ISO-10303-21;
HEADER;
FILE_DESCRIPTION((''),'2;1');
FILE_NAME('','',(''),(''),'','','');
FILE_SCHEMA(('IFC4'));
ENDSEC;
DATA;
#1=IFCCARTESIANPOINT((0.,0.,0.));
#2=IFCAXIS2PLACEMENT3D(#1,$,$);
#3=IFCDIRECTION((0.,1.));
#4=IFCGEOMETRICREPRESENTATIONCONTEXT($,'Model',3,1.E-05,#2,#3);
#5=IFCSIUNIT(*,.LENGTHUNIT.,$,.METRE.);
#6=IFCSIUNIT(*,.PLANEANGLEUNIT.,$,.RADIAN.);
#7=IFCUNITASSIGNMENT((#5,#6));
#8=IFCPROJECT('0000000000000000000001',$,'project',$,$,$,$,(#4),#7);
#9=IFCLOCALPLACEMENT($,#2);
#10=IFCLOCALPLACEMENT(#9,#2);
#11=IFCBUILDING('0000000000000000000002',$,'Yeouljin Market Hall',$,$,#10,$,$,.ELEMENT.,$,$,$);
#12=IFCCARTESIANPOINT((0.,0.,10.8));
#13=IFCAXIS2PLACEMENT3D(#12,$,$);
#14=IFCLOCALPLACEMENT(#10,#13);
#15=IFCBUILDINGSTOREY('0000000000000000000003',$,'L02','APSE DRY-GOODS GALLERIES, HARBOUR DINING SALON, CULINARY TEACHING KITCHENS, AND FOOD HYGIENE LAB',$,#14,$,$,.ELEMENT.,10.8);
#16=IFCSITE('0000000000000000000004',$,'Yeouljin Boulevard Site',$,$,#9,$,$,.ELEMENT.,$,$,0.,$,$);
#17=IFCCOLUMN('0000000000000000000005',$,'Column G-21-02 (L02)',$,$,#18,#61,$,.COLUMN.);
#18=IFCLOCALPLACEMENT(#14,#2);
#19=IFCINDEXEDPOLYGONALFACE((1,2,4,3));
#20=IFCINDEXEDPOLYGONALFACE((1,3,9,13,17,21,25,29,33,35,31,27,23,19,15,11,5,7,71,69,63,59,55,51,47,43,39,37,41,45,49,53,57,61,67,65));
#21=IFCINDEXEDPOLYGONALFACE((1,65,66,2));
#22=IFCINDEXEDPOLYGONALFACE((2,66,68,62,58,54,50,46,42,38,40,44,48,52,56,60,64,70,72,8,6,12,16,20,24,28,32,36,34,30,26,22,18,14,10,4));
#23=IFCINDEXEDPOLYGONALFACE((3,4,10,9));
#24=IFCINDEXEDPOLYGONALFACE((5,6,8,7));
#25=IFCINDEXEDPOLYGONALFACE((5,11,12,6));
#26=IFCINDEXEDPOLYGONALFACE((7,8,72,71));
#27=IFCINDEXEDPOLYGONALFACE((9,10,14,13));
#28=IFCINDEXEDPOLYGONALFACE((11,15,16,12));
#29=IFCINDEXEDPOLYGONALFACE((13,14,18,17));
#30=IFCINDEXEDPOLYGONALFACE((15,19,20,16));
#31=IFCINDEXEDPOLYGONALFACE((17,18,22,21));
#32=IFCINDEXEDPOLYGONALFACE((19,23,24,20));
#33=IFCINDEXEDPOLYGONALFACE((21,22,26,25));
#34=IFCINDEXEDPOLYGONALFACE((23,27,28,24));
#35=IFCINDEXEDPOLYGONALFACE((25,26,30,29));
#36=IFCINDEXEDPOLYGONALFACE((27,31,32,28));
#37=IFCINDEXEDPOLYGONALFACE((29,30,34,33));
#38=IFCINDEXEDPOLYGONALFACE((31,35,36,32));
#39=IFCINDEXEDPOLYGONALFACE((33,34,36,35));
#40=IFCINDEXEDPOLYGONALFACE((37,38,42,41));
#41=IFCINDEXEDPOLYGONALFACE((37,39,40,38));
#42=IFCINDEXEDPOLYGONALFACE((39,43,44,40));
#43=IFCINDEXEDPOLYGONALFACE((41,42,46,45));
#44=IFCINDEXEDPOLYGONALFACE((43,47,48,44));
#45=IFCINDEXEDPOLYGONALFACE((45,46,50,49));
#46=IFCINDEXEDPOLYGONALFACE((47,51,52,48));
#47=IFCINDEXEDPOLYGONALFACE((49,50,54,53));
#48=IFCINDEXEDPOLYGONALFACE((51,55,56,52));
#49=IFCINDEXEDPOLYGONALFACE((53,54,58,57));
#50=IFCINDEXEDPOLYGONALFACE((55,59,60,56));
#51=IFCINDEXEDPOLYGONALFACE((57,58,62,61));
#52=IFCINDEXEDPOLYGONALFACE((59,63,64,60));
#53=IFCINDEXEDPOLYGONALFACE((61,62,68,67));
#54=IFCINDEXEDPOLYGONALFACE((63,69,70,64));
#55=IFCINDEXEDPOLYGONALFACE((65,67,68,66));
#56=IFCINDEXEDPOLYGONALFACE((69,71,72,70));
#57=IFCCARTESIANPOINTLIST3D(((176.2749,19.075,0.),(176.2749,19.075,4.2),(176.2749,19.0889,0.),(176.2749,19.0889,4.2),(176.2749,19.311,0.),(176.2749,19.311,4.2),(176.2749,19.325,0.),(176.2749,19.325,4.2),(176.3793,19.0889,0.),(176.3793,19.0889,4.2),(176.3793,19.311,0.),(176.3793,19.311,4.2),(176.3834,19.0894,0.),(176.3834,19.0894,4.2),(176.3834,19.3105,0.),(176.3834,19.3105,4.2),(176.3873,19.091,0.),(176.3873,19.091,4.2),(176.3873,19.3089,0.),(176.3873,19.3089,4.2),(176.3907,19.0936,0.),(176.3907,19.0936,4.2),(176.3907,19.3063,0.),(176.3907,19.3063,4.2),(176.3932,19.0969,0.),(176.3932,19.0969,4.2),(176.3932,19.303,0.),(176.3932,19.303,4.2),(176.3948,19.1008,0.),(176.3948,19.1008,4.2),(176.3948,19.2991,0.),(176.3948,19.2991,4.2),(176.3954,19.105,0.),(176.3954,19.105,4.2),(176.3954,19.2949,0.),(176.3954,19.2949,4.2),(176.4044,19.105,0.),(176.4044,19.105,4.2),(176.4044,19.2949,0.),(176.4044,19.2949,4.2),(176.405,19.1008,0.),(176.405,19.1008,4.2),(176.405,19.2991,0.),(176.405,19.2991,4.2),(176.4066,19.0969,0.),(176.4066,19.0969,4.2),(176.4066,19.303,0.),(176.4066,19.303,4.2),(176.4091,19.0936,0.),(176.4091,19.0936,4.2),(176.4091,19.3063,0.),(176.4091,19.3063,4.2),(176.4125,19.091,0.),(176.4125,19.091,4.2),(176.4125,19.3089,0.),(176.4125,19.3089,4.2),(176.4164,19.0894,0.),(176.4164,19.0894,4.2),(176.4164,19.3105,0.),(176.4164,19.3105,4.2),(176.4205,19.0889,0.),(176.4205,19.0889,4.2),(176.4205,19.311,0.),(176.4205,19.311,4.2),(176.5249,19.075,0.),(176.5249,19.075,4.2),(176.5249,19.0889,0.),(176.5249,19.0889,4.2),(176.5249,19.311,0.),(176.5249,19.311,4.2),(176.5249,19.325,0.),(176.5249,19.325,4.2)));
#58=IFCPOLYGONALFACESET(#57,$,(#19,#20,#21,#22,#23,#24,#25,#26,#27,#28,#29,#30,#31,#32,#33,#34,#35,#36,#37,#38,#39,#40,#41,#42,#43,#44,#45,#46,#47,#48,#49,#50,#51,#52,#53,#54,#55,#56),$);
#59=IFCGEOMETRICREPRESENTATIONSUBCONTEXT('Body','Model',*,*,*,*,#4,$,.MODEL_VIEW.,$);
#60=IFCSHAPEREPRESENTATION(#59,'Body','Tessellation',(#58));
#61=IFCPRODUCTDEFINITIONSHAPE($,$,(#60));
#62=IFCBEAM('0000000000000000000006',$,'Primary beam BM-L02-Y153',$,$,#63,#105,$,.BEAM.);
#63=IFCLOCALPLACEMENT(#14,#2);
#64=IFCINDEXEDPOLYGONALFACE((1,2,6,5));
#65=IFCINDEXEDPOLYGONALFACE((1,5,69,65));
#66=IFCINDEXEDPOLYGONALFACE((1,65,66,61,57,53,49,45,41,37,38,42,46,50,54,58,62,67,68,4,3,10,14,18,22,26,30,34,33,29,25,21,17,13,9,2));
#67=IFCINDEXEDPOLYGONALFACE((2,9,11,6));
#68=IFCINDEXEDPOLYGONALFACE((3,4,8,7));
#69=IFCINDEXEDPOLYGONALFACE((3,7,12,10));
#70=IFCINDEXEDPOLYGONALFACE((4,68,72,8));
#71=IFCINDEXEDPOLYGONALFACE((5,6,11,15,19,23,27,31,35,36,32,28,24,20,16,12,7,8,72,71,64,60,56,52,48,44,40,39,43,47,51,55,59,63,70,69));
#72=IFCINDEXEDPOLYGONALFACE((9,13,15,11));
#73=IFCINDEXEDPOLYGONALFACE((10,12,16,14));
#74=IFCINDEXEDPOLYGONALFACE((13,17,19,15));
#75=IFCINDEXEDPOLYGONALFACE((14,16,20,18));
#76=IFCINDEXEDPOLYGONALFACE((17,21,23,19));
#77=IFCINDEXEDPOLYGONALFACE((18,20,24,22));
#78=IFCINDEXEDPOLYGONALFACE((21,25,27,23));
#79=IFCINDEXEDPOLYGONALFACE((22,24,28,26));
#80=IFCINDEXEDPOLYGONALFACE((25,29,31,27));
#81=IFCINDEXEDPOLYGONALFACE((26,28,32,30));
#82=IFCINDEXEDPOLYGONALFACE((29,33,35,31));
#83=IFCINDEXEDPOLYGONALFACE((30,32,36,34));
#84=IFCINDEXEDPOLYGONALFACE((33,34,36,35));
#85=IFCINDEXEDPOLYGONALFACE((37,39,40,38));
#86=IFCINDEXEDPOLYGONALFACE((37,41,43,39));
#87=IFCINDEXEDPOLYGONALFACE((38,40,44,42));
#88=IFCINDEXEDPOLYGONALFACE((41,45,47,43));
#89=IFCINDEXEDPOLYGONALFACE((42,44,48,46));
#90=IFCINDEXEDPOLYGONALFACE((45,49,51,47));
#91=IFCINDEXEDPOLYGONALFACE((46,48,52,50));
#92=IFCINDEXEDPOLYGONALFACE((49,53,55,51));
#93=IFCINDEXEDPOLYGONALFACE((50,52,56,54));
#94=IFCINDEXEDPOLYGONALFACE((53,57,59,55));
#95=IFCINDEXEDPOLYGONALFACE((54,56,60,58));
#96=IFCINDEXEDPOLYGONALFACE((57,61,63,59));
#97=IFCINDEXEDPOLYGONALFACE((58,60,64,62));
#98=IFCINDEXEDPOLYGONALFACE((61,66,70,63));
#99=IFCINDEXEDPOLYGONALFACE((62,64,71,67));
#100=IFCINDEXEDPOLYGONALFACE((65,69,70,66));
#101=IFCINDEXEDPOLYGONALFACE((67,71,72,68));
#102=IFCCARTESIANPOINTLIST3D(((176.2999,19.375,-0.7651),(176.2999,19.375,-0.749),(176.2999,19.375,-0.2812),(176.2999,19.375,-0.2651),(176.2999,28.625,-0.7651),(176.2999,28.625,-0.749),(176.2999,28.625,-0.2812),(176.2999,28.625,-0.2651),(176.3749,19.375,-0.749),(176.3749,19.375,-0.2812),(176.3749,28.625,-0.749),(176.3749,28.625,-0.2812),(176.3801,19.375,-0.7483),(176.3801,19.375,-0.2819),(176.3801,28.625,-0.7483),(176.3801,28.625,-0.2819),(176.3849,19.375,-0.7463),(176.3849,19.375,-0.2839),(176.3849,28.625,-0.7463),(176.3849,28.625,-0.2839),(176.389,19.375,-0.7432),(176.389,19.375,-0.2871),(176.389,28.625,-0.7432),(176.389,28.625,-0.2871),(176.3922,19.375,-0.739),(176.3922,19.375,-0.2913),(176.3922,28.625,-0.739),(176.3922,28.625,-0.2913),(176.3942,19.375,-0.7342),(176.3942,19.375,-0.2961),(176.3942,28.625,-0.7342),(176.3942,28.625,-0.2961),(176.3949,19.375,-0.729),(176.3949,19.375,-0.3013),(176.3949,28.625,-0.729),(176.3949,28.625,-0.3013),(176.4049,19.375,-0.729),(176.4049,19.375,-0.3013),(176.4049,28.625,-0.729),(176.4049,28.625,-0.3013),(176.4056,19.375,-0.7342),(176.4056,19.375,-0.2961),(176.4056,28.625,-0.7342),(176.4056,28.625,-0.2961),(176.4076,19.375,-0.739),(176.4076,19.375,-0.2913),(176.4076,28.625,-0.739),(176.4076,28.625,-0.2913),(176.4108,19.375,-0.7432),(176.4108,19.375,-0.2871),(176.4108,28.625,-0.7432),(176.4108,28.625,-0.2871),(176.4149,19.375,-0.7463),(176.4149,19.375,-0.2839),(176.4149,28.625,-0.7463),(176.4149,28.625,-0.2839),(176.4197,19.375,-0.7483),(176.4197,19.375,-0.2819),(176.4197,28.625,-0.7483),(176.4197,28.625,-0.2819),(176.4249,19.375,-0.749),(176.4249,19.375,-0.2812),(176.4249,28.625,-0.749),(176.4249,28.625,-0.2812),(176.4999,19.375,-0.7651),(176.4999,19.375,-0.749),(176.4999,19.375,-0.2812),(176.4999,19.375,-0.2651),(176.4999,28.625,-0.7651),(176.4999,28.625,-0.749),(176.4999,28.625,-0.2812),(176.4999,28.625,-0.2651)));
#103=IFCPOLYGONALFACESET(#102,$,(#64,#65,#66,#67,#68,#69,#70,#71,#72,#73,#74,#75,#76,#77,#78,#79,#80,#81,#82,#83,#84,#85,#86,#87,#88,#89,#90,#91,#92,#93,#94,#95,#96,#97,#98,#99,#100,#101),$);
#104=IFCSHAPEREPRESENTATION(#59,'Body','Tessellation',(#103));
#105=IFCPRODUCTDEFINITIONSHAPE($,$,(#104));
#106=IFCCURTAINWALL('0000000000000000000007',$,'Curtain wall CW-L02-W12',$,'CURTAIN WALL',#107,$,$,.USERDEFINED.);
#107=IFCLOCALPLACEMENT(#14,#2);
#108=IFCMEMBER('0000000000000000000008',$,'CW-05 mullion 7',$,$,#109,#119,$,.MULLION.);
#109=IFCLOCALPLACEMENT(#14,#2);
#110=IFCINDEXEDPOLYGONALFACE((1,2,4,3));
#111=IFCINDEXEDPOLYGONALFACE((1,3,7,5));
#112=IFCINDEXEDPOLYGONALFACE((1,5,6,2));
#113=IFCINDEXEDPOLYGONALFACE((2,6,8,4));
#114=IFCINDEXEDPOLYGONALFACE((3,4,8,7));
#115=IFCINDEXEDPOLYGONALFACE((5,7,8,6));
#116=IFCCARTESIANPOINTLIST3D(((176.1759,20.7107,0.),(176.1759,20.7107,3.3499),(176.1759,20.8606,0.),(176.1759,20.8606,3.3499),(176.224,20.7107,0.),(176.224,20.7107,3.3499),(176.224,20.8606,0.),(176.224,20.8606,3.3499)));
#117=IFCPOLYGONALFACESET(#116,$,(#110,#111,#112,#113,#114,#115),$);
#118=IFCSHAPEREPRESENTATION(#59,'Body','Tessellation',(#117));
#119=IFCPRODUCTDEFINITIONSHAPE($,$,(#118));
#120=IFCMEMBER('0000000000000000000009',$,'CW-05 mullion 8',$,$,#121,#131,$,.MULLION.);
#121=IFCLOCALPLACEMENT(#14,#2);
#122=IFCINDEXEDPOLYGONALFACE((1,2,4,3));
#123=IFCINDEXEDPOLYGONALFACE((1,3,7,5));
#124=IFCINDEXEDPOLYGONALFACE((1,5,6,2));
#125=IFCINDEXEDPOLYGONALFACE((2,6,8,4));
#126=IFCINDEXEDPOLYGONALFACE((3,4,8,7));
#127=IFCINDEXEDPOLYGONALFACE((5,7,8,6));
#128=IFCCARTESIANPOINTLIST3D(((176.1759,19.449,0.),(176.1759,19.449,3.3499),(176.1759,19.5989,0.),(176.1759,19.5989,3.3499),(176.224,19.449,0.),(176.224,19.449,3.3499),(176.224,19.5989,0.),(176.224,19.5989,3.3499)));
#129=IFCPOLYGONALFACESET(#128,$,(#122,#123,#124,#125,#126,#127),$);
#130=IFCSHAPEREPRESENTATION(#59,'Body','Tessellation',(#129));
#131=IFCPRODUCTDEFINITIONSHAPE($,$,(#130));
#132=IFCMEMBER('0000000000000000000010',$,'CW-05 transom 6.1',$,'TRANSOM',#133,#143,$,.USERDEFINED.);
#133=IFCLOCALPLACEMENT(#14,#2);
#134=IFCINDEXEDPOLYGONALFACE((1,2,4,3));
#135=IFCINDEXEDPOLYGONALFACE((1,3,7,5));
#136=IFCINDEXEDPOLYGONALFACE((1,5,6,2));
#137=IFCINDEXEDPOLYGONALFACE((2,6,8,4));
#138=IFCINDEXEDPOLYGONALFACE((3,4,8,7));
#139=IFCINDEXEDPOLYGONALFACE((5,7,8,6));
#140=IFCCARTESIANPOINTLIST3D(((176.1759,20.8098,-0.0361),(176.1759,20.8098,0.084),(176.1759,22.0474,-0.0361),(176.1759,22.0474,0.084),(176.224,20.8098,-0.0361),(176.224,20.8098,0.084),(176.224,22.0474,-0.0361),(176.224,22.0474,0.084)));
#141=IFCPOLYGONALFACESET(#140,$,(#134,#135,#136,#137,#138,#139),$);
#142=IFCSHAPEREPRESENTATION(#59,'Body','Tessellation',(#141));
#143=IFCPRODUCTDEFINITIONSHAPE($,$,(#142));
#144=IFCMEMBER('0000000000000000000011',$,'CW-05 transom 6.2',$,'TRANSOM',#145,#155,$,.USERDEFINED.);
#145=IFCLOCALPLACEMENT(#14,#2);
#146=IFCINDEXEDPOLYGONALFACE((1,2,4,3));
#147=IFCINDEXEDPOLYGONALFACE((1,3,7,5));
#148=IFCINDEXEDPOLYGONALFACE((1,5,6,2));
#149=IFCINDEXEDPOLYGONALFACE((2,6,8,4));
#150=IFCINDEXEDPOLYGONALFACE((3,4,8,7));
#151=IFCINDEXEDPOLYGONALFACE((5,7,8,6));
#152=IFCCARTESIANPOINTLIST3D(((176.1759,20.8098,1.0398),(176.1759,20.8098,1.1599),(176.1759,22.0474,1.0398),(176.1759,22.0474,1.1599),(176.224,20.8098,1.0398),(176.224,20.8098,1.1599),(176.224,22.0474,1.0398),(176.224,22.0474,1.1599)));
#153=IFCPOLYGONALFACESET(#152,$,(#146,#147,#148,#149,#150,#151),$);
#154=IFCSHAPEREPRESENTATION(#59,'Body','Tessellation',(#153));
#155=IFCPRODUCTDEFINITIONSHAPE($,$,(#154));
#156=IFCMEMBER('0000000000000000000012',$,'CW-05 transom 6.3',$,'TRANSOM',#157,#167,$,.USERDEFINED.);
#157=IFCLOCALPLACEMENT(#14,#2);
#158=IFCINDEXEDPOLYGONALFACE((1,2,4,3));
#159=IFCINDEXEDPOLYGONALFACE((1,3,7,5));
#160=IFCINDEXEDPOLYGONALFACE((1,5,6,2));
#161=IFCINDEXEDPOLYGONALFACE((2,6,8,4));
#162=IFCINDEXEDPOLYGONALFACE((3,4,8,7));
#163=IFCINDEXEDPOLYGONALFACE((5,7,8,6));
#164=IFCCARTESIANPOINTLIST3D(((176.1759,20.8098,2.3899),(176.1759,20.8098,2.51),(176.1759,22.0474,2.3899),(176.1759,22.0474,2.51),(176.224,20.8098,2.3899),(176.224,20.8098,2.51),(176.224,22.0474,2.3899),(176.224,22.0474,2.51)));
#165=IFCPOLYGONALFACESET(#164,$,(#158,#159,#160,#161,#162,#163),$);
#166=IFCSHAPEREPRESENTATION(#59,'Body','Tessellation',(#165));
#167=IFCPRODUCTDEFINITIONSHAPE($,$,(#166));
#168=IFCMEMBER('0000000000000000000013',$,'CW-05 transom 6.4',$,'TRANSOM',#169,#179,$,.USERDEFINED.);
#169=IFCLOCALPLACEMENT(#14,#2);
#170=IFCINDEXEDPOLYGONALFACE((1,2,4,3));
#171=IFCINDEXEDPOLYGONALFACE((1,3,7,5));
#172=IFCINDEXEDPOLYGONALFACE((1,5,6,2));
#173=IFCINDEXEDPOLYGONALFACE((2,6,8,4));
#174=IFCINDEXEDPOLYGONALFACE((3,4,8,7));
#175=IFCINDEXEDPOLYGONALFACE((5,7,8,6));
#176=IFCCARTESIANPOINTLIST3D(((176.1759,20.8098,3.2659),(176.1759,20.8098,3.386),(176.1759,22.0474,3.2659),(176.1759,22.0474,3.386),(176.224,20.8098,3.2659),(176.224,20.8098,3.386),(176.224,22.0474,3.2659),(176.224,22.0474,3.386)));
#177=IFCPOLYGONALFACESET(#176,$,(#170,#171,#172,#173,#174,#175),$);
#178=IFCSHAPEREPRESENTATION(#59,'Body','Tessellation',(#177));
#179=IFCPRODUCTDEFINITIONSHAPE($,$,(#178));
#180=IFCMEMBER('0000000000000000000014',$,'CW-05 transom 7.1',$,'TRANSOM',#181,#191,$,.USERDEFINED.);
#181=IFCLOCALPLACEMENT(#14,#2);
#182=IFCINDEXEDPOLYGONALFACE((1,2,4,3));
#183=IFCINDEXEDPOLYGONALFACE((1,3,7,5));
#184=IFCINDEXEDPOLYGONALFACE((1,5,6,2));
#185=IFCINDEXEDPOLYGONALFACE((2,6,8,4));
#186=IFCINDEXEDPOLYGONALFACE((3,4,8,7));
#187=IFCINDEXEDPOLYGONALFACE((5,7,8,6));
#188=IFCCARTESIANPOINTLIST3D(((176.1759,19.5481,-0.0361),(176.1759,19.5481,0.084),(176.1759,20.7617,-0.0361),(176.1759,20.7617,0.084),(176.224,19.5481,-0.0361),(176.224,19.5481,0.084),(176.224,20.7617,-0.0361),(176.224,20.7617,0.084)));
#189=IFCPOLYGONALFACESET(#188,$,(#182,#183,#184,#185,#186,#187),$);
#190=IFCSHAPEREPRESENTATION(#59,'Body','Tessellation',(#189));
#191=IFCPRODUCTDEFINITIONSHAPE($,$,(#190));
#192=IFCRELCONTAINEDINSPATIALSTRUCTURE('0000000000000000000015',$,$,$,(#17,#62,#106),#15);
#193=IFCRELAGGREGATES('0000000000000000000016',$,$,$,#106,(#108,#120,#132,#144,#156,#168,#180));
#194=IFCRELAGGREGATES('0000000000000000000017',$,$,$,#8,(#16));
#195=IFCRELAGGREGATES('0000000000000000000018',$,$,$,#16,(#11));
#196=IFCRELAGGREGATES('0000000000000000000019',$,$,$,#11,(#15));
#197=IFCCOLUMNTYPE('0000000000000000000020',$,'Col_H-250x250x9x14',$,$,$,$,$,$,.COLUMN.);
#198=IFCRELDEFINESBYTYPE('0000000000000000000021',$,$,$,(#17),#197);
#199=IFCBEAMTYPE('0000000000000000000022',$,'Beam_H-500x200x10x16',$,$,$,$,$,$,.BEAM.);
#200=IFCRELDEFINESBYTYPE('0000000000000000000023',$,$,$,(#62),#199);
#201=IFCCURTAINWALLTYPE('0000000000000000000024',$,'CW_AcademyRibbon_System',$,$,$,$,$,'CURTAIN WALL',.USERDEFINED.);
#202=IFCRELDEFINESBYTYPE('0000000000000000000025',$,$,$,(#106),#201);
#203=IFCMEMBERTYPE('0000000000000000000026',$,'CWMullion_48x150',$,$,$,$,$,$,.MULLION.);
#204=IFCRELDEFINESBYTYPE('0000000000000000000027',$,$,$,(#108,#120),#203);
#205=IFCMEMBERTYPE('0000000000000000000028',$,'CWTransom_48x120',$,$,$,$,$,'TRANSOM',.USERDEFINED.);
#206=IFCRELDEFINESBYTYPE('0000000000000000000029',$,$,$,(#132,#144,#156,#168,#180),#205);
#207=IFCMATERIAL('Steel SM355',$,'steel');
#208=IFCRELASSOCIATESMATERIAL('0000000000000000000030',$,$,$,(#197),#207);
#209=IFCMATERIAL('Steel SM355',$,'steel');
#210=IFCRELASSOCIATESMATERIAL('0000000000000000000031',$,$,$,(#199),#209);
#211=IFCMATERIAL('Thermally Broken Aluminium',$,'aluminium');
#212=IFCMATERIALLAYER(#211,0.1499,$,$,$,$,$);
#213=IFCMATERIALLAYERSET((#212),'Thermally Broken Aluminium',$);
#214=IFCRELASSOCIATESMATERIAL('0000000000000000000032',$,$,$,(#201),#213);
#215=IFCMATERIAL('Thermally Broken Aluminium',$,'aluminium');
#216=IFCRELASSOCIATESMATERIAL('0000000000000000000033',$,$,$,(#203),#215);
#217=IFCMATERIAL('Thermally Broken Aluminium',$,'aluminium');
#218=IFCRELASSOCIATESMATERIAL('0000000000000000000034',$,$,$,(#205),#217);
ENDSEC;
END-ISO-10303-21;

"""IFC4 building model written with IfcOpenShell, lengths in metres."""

from ifc_helpers import new_model, si_unit, direction, frame, origin, origin_2d, place, context, subcontext, project, spatial, rectangle, i_section, extrude, material, layer, layer_set, material_profile, profile_set, type_object, element, aggregate, save


model = new_model("IFC4")

# Units and contexts
model_context = context("Model", 3, precision=1e-05, world=origin(), true_north=direction((0.0, 1.0)))
body_context = subcontext(model_context, "Body", "Model", "MODEL_VIEW")
ifc_project = project(units=[si_unit("LENGTHUNIT", "METRE"), si_unit("PLANEANGLEUNIT", "RADIAN")], contexts=[model_context])

# Site, building, storey
site_placement = place(None, origin())
site = spatial("IfcSite", under=ifc_project, at=site_placement, Name="Yeouljin Boulevard Site", CompositionType="ELEMENT", RefElevation=0.0)
building_placement = place(site_placement, origin())
building = spatial("IfcBuilding", under=site, at=building_placement, Name="Yeouljin Market Hall", CompositionType="ELEMENT")
storey_placement = place(building_placement, frame((0.0, 0.0, 10.8)))
storey = spatial("IfcBuildingStorey", under=building, at=storey_placement, Name="L02", Description="APSE DRY-GOODS GALLERIES, HARBOUR DINING SALON, CULINARY TEACHING KITCHENS, AND FOOD HYGIENE LAB", CompositionType="ELEMENT", Elevation=10.8)

# Column
ifc_material_1 = material(Name="Steel SM355", Category="steel")
ifc_material_profile_1 = material_profile(ifc_material_1, i_section(OverallWidth=0.25, OverallDepth=0.25, WebThickness=0.009, FlangeThickness=0.0139, FilletRadius=0.0161, at=origin_2d()), Name="H-250x250x9x14")
ifc_profile_set_1 = profile_set([ifc_material_profile_1], Name="Steel SM355")
column_type = type_object("IfcColumnType", Name="Col_H-250x250x9x14", PredefinedType="COLUMN", material=ifc_profile_set_1)
column_placement = place(storey_placement, frame((176.3999, 19.2, 0.0), z_axis=(0.0, 0.0, 1.0), x_axis=(1.0, 0.0, 0.0)))
element("IfcColumn", 1, at=column_placement, inside=storey, type_object=column_type, Name="Column G-21-02 (L02)", PredefinedType="COLUMN", context=body_context, shape_type="SweptSolid", body=[
    extrude(i_section(OverallWidth=0.25, OverallDepth=0.25, WebThickness=0.009, FlangeThickness=0.0139, FilletRadius=0.0161, at=origin_2d()), origin(), (0.0, 0.0, 1.0), 4.2),
])

# Beam
ifc_material_2 = material(Name="Steel SM355", Category="steel")
ifc_material_profile_2 = material_profile(ifc_material_2, i_section(OverallWidth=0.2, OverallDepth=0.5, WebThickness=0.01, FlangeThickness=0.0161, FilletRadius=0.02, at=origin_2d()), Name="H-500x200x10x16")
ifc_profile_set_2 = profile_set([ifc_material_profile_2], Name="Steel SM355")
beam_type_1 = type_object("IfcBeamType", Name="Beam_H-500x200x10x16", PredefinedType="BEAM", material=ifc_profile_set_2)
beam_1_placement = place(storey_placement, frame((176.3999, 19.375, -0.5151), z_axis=(0.0, 1.0, 0.0), x_axis=(-1.0, 0.0, 0.0)))
element("IfcBeam", 2, at=beam_1_placement, inside=storey, type_object=beam_type_1, Name="Primary beam BM-L02-Y153", PredefinedType="BEAM", context=body_context, shape_type="SweptSolid", body=[
    extrude(i_section(OverallWidth=0.2, OverallDepth=0.5, WebThickness=0.01, FlangeThickness=0.0161, FilletRadius=0.02, at=origin_2d()), origin(), (0.0, 0.0, 1.0), 9.25),
])

# Curtain wall, members
ifc_material_3 = material(Name="Thermally Broken Aluminium", Category="aluminium")
ifc_layer_1 = layer(ifc_material_3, 0.1499)
ifc_layer_set_1 = layer_set([ifc_layer_1], Name="Thermally Broken Aluminium")
curtain_wall_type = type_object("IfcCurtainWallType", Name="CW_AcademyRibbon_System", ElementType="CURTAIN WALL", PredefinedType="USERDEFINED", material=ifc_layer_set_1)
curtain_wall_placement = place(storey_placement, origin())
curtain_wall = element("IfcCurtainWall", 3, at=curtain_wall_placement, inside=storey, type_object=curtain_wall_type, Name="Curtain wall CW-L02-W12", ObjectType="CURTAIN WALL", PredefinedType="USERDEFINED")
ifc_material_4 = material(Name="Thermally Broken Aluminium", Category="aluminium")
ifc_material_profile_3 = material_profile(ifc_material_4, rectangle(XDim=0.0481, YDim=0.1499, at=origin_2d()), Name="CW-MULL-48x150")
ifc_profile_set_3 = profile_set([ifc_material_profile_3], Name="Thermally Broken Aluminium")
member_type_1 = type_object("IfcMemberType", Name="CWMullion_48x150", PredefinedType="MULLION", material=ifc_profile_set_3)
member_1_placement = place(storey_placement, frame((176.2, 20.7856, 0.0), z_axis=(0.0, 0.0, 1.0), x_axis=(1.0, 0.0, 0.0)))
member_1 = element("IfcMember", 4, at=member_1_placement, type_object=member_type_1, Name="CW-05 mullion 7", PredefinedType="MULLION", context=body_context, shape_type="SweptSolid", body=[
    extrude(rectangle(XDim=0.0481, YDim=0.1499, at=origin_2d()), origin(), (0.0, 0.0, 1.0), 3.3499),
])
member_2_placement = place(storey_placement, frame((176.2, 19.5239, 0.0), z_axis=(0.0, 0.0, 1.0), x_axis=(1.0, 0.0, 0.0)))
member_2 = element("IfcMember", 5, at=member_2_placement, type_object=member_type_1, Name="CW-05 mullion 8", PredefinedType="MULLION", context=body_context, shape_type="SweptSolid", body=[
    extrude(rectangle(XDim=0.0481, YDim=0.1499, at=origin_2d()), origin(), (0.0, 0.0, 1.0), 3.3499),
])
ifc_material_5 = material(Name="Thermally Broken Aluminium", Category="aluminium")
ifc_material_profile_4 = material_profile(ifc_material_5, rectangle(XDim=0.0481, YDim=0.1201, at=origin_2d()), Name="CW-TRAN-48x120")
ifc_profile_set_4 = profile_set([ifc_material_profile_4], Name="Thermally Broken Aluminium")
member_type_2 = type_object("IfcMemberType", Name="CWTransom_48x120", ElementType="TRANSOM", PredefinedType="USERDEFINED", material=ifc_profile_set_4)
member_3_placement = place(storey_placement, frame((176.2, 22.0474, 0.0239), z_axis=(0.0, -1.0, 0.0), x_axis=(1.0, 0.0, 0.0)))
member_3 = element("IfcMember", 6, at=member_3_placement, type_object=member_type_2, Name="CW-05 transom 6.1", ObjectType="TRANSOM", PredefinedType="USERDEFINED", context=body_context, shape_type="SweptSolid", body=[
    extrude(rectangle(XDim=0.0481, YDim=0.1201, at=origin_2d()), origin(), (0.0, 0.0, 1.0), 1.2375),
])
member_4_placement = place(storey_placement, frame((176.2, 22.0474, 1.0999), z_axis=(0.0, -1.0, 0.0), x_axis=(1.0, 0.0, 0.0)))
member_4 = element("IfcMember", 7, at=member_4_placement, type_object=member_type_2, Name="CW-05 transom 6.2", ObjectType="TRANSOM", PredefinedType="USERDEFINED", context=body_context, shape_type="SweptSolid", body=[
    extrude(rectangle(XDim=0.0481, YDim=0.1201, at=origin_2d()), origin(), (0.0, 0.0, 1.0), 1.2375),
])
member_5_placement = place(storey_placement, frame((176.2, 22.0474, 2.45), z_axis=(0.0, -1.0, 0.0), x_axis=(1.0, 0.0, 0.0)))
member_5 = element("IfcMember", 8, at=member_5_placement, type_object=member_type_2, Name="CW-05 transom 6.3", ObjectType="TRANSOM", PredefinedType="USERDEFINED", context=body_context, shape_type="SweptSolid", body=[
    extrude(rectangle(XDim=0.0481, YDim=0.1201, at=origin_2d()), origin(), (0.0, 0.0, 1.0), 1.2375),
])
member_6_placement = place(storey_placement, frame((176.2, 22.0474, 3.3259), z_axis=(0.0, -1.0, 0.0), x_axis=(1.0, 0.0, 0.0)))
member_6 = element("IfcMember", 9, at=member_6_placement, type_object=member_type_2, Name="CW-05 transom 6.4", ObjectType="TRANSOM", PredefinedType="USERDEFINED", context=body_context, shape_type="SweptSolid", body=[
    extrude(rectangle(XDim=0.0481, YDim=0.1201, at=origin_2d()), origin(), (0.0, 0.0, 1.0), 1.2375),
])
member_7_placement = place(storey_placement, frame((176.2, 20.7617, 0.0239), z_axis=(0.0, -1.0, 0.0), x_axis=(1.0, 0.0, 0.0)))
member_7 = element("IfcMember", 10, at=member_7_placement, type_object=member_type_2, Name="CW-05 transom 7.1", ObjectType="TRANSOM", PredefinedType="USERDEFINED", context=body_context, shape_type="SweptSolid", body=[
    extrude(rectangle(XDim=0.0481, YDim=0.1201, at=origin_2d()), origin(), (0.0, 0.0, 1.0), 1.2136),
])

aggregate(curtain_wall, [member_1, member_2, member_3, member_4, member_5, member_6, member_7])

save(model, "model.ifc")
